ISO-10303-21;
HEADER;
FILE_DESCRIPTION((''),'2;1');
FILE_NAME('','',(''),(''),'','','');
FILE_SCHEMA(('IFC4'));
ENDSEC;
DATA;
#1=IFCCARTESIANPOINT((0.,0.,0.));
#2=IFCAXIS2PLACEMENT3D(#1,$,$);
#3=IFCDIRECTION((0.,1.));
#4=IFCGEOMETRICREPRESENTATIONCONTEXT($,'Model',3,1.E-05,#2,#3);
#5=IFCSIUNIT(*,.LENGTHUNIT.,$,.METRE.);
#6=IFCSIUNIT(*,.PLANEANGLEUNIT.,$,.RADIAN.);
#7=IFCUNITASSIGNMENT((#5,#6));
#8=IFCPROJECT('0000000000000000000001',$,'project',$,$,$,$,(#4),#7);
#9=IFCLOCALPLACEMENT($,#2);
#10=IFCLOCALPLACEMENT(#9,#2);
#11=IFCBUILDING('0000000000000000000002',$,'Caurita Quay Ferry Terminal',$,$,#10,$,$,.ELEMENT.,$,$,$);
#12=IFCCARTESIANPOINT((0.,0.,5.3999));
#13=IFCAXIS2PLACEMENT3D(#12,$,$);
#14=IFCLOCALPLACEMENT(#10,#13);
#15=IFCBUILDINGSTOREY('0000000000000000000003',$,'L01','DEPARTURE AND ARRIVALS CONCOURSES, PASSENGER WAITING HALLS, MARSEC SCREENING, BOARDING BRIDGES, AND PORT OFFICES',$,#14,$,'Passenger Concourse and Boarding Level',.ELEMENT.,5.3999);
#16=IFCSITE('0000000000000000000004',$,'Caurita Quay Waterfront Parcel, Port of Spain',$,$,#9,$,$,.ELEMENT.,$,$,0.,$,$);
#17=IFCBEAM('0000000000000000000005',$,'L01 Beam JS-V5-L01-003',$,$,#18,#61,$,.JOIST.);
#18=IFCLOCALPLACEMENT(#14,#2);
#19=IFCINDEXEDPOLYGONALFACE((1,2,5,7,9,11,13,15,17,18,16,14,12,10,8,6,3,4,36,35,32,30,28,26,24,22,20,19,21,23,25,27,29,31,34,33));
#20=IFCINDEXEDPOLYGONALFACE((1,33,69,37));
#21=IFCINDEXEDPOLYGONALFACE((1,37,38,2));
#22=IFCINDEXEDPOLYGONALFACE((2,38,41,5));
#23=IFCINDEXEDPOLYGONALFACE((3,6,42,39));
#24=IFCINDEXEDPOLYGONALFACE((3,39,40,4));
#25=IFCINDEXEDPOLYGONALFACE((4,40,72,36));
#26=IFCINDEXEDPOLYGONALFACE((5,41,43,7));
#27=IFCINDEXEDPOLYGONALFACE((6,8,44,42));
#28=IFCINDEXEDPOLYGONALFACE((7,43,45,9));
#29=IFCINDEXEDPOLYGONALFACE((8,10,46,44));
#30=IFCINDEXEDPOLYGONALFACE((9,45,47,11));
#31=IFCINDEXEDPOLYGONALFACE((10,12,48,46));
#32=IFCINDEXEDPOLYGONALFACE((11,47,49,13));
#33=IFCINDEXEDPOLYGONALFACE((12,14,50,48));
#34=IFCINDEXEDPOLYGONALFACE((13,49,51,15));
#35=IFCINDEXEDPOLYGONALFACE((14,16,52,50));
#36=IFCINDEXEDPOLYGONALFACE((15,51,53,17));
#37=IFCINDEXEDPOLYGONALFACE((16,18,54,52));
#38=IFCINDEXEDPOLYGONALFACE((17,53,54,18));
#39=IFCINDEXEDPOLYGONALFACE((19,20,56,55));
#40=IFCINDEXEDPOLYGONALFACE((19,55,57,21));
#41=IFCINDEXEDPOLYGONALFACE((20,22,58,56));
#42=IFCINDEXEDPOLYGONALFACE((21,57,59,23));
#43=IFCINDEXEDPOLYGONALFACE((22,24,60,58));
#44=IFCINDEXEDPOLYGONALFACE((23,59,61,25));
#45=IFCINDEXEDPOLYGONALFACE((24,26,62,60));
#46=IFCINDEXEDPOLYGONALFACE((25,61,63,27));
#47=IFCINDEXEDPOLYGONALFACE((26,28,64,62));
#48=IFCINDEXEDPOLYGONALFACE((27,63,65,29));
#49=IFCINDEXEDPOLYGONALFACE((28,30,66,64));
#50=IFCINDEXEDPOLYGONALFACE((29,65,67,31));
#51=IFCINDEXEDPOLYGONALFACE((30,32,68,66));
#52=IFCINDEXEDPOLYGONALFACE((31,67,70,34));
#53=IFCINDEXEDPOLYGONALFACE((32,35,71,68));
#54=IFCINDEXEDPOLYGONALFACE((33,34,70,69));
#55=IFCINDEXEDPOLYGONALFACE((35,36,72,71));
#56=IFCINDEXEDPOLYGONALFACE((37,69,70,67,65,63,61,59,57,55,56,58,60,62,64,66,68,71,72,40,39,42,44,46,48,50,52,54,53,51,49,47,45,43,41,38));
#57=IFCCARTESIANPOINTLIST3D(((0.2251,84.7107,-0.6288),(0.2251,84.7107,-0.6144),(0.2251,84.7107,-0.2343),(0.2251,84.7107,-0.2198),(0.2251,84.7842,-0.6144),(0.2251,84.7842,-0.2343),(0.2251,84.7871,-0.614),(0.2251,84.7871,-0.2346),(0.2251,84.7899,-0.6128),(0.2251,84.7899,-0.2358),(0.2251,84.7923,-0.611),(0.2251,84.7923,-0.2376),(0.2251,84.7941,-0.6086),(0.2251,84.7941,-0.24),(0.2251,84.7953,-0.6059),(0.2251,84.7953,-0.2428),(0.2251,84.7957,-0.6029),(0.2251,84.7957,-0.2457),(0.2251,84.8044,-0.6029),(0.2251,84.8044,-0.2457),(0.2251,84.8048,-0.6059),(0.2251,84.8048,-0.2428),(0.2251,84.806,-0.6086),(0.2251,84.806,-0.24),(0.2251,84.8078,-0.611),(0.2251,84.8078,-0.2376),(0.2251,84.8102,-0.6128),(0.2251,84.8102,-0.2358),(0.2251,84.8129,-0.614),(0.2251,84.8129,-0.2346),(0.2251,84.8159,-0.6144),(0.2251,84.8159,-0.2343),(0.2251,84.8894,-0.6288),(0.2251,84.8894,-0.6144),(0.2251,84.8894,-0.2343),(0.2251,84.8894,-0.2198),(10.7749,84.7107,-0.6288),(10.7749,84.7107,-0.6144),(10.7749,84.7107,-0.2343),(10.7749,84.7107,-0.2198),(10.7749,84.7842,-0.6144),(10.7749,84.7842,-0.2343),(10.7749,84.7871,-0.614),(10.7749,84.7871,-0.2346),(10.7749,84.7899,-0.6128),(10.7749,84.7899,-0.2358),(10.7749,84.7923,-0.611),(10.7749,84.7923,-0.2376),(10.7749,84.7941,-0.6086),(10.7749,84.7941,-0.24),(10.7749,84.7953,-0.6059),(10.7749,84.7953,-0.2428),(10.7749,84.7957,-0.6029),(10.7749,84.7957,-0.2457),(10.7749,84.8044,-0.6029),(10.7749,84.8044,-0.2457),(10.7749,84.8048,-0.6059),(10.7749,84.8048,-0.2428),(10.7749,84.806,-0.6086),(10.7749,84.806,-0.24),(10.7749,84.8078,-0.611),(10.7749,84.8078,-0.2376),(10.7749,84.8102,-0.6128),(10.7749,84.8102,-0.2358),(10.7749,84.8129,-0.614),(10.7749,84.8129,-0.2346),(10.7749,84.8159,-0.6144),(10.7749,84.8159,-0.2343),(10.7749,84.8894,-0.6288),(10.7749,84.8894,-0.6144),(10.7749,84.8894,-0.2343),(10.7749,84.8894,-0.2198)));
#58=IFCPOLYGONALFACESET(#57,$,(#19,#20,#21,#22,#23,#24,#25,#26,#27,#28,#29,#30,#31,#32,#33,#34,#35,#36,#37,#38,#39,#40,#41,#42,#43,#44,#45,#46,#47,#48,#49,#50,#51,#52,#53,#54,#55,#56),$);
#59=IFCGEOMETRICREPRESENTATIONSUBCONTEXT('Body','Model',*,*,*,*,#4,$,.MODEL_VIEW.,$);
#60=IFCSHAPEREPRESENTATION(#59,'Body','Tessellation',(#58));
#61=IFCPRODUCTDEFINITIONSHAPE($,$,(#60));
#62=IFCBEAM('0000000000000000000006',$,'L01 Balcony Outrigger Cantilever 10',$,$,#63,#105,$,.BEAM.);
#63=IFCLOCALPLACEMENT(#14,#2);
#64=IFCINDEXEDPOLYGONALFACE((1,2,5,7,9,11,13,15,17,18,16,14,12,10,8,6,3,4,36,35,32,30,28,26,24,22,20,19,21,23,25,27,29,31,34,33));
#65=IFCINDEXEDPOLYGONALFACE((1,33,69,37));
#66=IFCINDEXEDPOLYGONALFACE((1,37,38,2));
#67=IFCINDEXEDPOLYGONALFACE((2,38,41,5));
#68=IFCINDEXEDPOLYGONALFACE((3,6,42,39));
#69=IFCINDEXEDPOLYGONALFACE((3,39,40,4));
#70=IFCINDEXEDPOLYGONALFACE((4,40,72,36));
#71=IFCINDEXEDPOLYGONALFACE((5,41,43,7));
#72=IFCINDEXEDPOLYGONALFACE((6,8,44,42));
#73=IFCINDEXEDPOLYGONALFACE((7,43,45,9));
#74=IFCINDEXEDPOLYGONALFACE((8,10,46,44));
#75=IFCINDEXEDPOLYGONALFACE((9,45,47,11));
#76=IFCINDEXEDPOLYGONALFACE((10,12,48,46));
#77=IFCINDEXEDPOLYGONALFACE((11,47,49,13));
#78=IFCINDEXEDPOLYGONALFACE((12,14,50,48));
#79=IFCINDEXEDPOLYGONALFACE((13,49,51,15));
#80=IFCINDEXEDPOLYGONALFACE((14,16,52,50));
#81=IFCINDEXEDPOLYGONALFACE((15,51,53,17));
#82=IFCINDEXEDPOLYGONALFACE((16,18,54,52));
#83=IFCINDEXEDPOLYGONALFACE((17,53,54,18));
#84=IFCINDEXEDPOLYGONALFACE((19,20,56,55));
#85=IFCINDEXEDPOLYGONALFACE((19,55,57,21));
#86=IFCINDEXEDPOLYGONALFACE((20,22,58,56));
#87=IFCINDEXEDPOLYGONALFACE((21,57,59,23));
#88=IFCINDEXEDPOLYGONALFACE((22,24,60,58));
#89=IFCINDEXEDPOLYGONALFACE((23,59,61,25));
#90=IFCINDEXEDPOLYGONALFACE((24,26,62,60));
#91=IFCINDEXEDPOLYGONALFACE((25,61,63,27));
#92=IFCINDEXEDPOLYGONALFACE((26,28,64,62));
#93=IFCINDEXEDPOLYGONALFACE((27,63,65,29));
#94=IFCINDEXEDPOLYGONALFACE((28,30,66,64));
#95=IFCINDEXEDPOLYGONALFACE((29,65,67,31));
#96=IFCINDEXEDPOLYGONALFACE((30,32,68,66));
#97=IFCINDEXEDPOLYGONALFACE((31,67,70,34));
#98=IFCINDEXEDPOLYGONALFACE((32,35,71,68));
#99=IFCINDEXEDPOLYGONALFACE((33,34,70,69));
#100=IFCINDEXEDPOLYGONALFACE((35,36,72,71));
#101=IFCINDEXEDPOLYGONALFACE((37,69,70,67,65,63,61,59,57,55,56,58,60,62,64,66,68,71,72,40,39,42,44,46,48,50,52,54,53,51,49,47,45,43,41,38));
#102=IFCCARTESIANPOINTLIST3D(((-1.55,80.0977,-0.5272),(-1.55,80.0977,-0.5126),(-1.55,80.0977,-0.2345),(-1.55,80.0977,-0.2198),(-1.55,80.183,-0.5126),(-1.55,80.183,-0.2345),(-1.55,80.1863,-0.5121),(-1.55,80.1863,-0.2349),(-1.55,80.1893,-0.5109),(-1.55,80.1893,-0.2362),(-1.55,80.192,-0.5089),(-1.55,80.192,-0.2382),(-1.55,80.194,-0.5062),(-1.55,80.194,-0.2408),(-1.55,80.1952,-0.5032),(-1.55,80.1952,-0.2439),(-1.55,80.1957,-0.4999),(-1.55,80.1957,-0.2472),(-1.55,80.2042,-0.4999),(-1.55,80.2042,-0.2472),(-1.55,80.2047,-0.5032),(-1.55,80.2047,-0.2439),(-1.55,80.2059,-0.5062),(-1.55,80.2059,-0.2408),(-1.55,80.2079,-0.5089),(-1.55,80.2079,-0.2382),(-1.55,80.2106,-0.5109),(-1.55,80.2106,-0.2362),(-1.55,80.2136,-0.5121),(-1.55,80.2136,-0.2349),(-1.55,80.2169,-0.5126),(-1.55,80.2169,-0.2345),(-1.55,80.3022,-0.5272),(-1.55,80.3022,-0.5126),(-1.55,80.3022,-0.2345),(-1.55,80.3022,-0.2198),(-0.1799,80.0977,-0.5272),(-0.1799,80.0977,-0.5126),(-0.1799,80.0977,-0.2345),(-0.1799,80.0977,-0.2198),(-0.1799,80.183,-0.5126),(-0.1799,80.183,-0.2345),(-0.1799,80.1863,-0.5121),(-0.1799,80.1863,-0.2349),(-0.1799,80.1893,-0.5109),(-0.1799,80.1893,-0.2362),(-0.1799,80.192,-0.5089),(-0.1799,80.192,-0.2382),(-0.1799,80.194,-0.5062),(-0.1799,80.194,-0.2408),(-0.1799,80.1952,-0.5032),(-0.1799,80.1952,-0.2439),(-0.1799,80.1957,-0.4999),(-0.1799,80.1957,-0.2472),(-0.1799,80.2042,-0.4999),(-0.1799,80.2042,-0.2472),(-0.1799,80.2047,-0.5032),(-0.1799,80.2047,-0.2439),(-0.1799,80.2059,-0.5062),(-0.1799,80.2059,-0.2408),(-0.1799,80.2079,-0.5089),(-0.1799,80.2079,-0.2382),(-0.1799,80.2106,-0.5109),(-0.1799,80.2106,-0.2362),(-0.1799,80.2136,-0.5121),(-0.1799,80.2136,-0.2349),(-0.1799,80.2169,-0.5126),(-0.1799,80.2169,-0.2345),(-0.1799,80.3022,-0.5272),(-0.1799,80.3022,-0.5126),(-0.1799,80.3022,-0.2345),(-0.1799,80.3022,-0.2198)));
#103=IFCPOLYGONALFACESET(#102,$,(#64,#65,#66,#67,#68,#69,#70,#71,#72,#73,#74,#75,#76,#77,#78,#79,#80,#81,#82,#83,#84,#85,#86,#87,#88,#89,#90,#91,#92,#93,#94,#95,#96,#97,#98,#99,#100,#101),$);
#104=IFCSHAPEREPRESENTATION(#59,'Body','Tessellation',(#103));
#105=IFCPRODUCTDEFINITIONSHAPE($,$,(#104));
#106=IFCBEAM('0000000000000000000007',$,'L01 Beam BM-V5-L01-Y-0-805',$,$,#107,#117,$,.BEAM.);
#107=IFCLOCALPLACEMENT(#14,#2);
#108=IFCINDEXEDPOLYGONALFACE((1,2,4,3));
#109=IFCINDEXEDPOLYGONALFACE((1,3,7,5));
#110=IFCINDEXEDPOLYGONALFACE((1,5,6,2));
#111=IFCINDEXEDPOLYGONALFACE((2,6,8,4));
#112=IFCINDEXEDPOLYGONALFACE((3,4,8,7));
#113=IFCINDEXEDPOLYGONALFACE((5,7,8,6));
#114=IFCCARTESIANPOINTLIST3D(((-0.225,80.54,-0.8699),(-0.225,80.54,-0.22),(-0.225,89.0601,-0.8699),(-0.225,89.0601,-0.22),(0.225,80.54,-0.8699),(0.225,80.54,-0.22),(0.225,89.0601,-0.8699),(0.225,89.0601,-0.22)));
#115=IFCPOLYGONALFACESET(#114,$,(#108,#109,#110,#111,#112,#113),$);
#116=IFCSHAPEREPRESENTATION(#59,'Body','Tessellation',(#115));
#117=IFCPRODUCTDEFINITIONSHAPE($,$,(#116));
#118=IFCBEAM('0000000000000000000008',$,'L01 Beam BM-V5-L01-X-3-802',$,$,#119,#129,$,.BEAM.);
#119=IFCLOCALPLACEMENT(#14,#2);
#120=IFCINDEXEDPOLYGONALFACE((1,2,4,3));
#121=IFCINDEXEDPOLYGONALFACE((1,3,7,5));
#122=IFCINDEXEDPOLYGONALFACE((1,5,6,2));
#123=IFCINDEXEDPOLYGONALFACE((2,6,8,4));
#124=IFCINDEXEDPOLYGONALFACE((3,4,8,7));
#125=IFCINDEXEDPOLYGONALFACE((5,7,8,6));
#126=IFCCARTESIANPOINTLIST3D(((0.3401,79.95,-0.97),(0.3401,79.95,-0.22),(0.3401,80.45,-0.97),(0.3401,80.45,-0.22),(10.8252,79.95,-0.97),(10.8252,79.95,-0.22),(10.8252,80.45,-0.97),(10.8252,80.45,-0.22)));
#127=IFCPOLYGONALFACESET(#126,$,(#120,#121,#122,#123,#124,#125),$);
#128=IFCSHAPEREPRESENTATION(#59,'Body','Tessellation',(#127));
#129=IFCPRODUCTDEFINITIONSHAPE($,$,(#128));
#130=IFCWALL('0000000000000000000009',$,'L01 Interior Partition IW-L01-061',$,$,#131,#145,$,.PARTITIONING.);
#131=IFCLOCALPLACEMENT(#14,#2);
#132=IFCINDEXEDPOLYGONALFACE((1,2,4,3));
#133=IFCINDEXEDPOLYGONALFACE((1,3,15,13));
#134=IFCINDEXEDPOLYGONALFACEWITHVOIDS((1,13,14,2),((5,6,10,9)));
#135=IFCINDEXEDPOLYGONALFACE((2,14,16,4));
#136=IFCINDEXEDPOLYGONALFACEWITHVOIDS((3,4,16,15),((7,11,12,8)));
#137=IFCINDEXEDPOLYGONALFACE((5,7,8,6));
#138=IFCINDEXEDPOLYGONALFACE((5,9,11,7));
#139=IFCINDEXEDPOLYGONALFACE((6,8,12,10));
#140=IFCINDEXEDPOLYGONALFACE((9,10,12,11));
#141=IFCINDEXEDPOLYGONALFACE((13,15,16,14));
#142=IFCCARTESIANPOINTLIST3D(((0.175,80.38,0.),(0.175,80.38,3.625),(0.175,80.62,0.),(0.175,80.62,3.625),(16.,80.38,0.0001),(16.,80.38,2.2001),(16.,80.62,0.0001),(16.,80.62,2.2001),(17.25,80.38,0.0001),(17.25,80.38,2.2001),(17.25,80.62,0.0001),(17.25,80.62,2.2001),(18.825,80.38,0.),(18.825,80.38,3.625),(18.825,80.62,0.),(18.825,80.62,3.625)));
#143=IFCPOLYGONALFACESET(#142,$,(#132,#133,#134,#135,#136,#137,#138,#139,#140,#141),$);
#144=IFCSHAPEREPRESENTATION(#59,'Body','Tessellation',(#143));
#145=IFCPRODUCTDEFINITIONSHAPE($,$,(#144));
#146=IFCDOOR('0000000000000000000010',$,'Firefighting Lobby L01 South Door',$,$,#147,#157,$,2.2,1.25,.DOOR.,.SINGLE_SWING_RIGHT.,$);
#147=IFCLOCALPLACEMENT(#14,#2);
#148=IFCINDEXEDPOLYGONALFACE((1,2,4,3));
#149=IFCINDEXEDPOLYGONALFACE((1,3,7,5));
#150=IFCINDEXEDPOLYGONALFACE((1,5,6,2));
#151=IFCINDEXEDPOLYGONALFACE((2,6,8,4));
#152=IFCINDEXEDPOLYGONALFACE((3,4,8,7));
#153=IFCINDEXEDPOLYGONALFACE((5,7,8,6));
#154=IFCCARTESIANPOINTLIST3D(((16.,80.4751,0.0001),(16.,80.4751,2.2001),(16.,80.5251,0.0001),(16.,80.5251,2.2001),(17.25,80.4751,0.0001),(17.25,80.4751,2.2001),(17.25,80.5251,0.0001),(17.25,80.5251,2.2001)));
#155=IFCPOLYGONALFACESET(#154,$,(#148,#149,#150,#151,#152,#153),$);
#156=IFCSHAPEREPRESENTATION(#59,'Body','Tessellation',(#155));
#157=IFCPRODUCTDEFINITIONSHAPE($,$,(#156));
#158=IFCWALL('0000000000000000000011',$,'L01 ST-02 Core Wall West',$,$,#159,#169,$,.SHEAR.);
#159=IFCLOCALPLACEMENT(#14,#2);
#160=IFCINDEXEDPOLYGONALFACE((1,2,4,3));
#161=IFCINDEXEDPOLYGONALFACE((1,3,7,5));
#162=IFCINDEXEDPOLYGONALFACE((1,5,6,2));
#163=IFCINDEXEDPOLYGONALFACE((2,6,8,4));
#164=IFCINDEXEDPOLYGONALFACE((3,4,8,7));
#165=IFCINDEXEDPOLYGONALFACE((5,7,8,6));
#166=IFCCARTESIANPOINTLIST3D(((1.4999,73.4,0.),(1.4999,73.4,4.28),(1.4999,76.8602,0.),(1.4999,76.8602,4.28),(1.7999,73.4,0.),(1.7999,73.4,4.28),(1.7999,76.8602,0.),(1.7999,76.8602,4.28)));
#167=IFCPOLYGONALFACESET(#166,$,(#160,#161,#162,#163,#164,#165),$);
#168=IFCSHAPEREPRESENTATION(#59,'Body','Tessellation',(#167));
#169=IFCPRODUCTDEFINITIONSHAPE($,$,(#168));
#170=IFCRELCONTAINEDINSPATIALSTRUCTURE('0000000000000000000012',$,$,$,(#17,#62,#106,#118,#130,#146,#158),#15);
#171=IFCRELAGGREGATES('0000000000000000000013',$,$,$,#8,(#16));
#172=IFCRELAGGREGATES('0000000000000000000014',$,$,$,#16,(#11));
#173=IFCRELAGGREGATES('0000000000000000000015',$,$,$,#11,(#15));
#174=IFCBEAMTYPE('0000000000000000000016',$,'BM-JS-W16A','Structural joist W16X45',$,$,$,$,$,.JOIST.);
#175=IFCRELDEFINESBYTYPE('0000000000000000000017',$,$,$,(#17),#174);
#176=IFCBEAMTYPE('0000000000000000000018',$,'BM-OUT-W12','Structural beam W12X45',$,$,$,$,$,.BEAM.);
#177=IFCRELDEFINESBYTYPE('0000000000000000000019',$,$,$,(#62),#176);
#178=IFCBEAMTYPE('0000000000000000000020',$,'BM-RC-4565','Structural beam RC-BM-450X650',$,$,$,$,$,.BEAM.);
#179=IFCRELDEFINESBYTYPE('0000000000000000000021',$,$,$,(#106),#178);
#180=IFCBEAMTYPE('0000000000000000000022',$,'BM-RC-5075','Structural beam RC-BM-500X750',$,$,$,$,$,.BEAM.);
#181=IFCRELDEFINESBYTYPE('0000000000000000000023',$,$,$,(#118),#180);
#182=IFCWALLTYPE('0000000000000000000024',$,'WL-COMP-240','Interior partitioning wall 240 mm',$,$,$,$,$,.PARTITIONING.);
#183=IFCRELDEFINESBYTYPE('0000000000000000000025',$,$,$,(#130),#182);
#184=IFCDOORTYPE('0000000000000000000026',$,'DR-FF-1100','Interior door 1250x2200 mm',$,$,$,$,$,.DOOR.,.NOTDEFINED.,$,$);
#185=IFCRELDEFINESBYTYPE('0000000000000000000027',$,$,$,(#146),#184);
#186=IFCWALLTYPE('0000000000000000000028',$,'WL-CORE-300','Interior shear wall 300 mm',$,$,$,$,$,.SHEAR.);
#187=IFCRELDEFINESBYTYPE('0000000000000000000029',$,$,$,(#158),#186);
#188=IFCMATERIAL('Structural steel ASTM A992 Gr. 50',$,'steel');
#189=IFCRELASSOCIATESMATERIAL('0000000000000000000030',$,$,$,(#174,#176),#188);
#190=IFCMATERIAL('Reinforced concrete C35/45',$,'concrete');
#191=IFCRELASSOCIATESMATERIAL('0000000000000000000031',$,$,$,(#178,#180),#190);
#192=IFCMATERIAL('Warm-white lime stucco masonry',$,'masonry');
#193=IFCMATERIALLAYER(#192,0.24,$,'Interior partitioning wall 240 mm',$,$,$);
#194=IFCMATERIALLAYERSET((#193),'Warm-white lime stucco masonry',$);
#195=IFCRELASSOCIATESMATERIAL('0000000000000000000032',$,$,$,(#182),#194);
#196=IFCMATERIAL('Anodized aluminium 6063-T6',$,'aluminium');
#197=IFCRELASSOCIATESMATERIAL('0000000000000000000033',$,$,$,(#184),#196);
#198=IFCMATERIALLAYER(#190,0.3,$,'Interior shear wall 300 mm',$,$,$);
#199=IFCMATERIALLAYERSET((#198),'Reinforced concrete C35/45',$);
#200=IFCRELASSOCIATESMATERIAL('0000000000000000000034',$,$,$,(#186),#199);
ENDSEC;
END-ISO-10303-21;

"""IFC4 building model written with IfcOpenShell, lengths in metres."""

from ifc_helpers import new_model, si_unit, direction, frame, frame_2d, origin, origin_2d, place, context, subcontext, project, spatial, rectangle, i_section, extrude, material, layer, layer_set, material_profile, profile_set, type_object, element, fill, save


model = new_model("IFC4")

# Units and contexts
model_context = context("Model", 3, precision=1e-05, world=origin(), true_north=direction((0.0, 1.0)))
body_context = subcontext(model_context, "Body", "Model", "MODEL_VIEW")
ifc_project = project(units=[si_unit("LENGTHUNIT", "METRE"), si_unit("PLANEANGLEUNIT", "RADIAN")], contexts=[model_context])

# Site, building, storey
site_placement = place(None, origin())
site = spatial("IfcSite", under=ifc_project, at=site_placement, Name="Caurita Quay Waterfront Parcel, Port of Spain", CompositionType="ELEMENT", RefElevation=0.0)
building_placement = place(site_placement, origin())
building = spatial("IfcBuilding", under=site, at=building_placement, Name="Caurita Quay Ferry Terminal", CompositionType="ELEMENT")
storey_placement = place(building_placement, frame((0.0, 0.0, 5.3999)))
storey = spatial("IfcBuildingStorey", under=building, at=storey_placement, Name="L01", Description="DEPARTURE AND ARRIVALS CONCOURSES, PASSENGER WAITING HALLS, MARSEC SCREENING, BOARDING BRIDGES, AND PORT OFFICES", LongName="Passenger Concourse and Boarding Level", CompositionType="ELEMENT", Elevation=5.3999)

# Shared definitions
ifc_material_1 = material(Name="Reinforced concrete C35/45", Category="concrete")

# Beams
ifc_material_2 = material(Name="Structural steel ASTM A992 Gr. 50", Category="steel")
ifc_material_profile_1 = material_profile(ifc_material_2, i_section(OverallWidth=0.1787, OverallDepth=0.4089, WebThickness=0.0088, FlangeThickness=0.0144, FilletRadius=0.0115, at=origin_2d()), Name="W16X45")
ifc_profile_set_1 = profile_set([ifc_material_profile_1], Name="Structural steel ASTM A992 Gr. 50")
beam_type_1 = type_object("IfcBeamType", Name="BM-JS-W16A", Description="Structural joist W16X45", PredefinedType="JOIST", material=ifc_profile_set_1)
for number, where, z_axis, x_axis, name in (
    (1, (0.2251, 84.8, -0.4243), (1.0, 0.0, 0.0), (0.0, 1.0, 0.0), "L01 Beam JS-V5-L01-003"),
):
    element("IfcBeam", number, at=place(storey_placement, frame(where, z_axis=z_axis, x_axis=x_axis)), inside=storey, type_object=beam_type_1, Name=name, PredefinedType="JOIST", context=body_context, shape_type="SweptSolid", body=[
        extrude(i_section(OverallWidth=0.1787, OverallDepth=0.4089, WebThickness=0.0088, FlangeThickness=0.0144, FilletRadius=0.0115, at=origin_2d()), origin(), (0.0, 0.0, 1.0), 10.5498),
    ])
ifc_material_profile_2 = material_profile(ifc_material_2, i_section(OverallWidth=0.2046, OverallDepth=0.3074, WebThickness=0.0085, FlangeThickness=0.0146, FilletRadius=0.0127, at=origin_2d()), Name="W12X45")
ifc_profile_set_2 = profile_set([ifc_material_profile_2], Name="Structural steel ASTM A992 Gr. 50")
beam_type_2 = type_object("IfcBeamType", Name="BM-OUT-W12", Description="Structural beam W12X45", PredefinedType="BEAM", material=ifc_profile_set_2)
beam_1_placement = place(storey_placement, frame((-0.1799, 80.2, -0.3735), z_axis=(-1.0, 0.0, 0.0), x_axis=(0.0, -1.0, 0.0)))
element("IfcBeam", 2, at=beam_1_placement, inside=storey, type_object=beam_type_2, Name="L01 Balcony Outrigger Cantilever 10", PredefinedType="BEAM", context=body_context, shape_type="SweptSolid", body=[
    extrude(i_section(OverallWidth=0.2046, OverallDepth=0.3074, WebThickness=0.0085, FlangeThickness=0.0146, FilletRadius=0.0127, at=origin_2d()), origin(), (0.0, 0.0, 1.0), 1.3701),
])
ifc_material_profile_3 = material_profile(ifc_material_1, rectangle(XDim=0.45, YDim=0.6499, at=origin_2d()), Name="RC-BM-450X650")
ifc_profile_set_3 = profile_set([ifc_material_profile_3], Name="Reinforced concrete C35/45")
beam_type_3 = type_object("IfcBeamType", Name="BM-RC-4565", Description="Structural beam RC-BM-450X650", PredefinedType="BEAM", material=ifc_profile_set_3)
beam_2_placement = place(storey_placement, frame((0.0, 80.54, -0.5449), z_axis=(0.0, 1.0, 0.0), x_axis=(-1.0, 0.0, 0.0)))
element("IfcBeam", 3, at=beam_2_placement, inside=storey, type_object=beam_type_3, Name="L01 Beam BM-V5-L01-Y-0-805", PredefinedType="BEAM", context=body_context, shape_type="SweptSolid", body=[
    extrude(rectangle(XDim=0.45, YDim=0.6499, at=origin_2d()), origin(), (0.0, 0.0, 1.0), 8.52),
])
ifc_material_profile_4 = material_profile(ifc_material_1, rectangle(XDim=0.5, YDim=0.75, at=origin_2d()), Name="RC-BM-500X750")
ifc_profile_set_4 = profile_set([ifc_material_profile_4], Name="Reinforced concrete C35/45")
beam_type_4 = type_object("IfcBeamType", Name="BM-RC-5075", Description="Structural beam RC-BM-500X750", PredefinedType="BEAM", material=ifc_profile_set_4)
beam_3_placement = place(storey_placement, frame((0.3401, 80.2, -0.595), z_axis=(1.0, 0.0, 0.0), x_axis=(0.0, 1.0, 0.0)))
element("IfcBeam", 4, at=beam_3_placement, inside=storey, type_object=beam_type_4, Name="L01 Beam BM-V5-L01-X-3-802", PredefinedType="BEAM", context=body_context, shape_type="SweptSolid", body=[
    extrude(rectangle(XDim=0.5, YDim=0.75, at=origin_2d()), origin(), (0.0, 0.0, 1.0), 10.4851),
])

# Wall, opening, door
ifc_material_3 = material(Name="Warm-white lime stucco masonry", Category="masonry")
ifc_layer_1 = layer(ifc_material_3, 0.24, Name="Interior partitioning wall 240 mm")
ifc_layer_set_1 = layer_set([ifc_layer_1], Name="Warm-white lime stucco masonry")
wall_type_1 = type_object("IfcWallType", Name="WL-COMP-240", Description="Interior partitioning wall 240 mm", PredefinedType="PARTITIONING", material=ifc_layer_set_1)
wall_1_placement = place(storey_placement, frame((0.175, 80.5, 0.0), z_axis=(0.0, 0.0, 1.0), x_axis=(1.0, 0.0, 0.0)))
wall_1 = element("IfcWall", 5, at=wall_1_placement, inside=storey, type_object=wall_type_1, Name="L01 Interior Partition IW-L01-061", PredefinedType="PARTITIONING", context=body_context, shape_type="SweptSolid", body=[
    extrude(rectangle(XDim=18.6499, YDim=0.24, at=frame_2d((9.325, 0.0))), origin(), (0.0, 0.0, 1.0), 3.625),
])
opening_1_placement = place(wall_1_placement, frame((15.825, 0.0, 0.0)))
opening_1 = element("IfcOpeningElement", 6, at=opening_1_placement, cuts=wall_1, PredefinedType="OPENING", context=body_context, shape_type="SweptSolid", body=[
    extrude(rectangle(XDim=1.25, YDim=2.2, at=frame_2d((0.625, 1.1001))), frame((0.0, 0.1299, 0.0), z_axis=(0.0, -1.0, 0.0), x_axis=(1.0, 0.0, 0.0)), (0.0, 0.0, 1.0), 0.26),
])
ifc_material_4 = material(Name="Anodized aluminium 6063-T6", Category="aluminium")
door_type = type_object("IfcDoorType", Name="DR-FF-1100", Description="Interior door 1250x2200 mm", OperationType="NOTDEFINED", PredefinedType="DOOR", material=ifc_material_4)
door_placement = place(opening_1_placement, frame((1.25, 0.0, 0.0), z_axis=(0.0, 0.0, 1.0), x_axis=(-1.0, 0.0, 0.0)))
door = element("IfcDoor", 7, at=door_placement, inside=storey, type_object=door_type, Name="Firefighting Lobby L01 South Door", OperationType="SINGLE_SWING_RIGHT", OverallHeight=2.2, OverallWidth=1.25, PredefinedType="DOOR", context=body_context, shape_type="SweptSolid", body=[
    extrude(rectangle(XDim=1.25, YDim=2.2, at=frame_2d((0.625, 1.1001))), frame((0.0, 0.0249, 0.0), z_axis=(0.0, -1.0, 0.0), x_axis=(1.0, 0.0, 0.0)), (0.0, 0.0, 1.0), 0.05),
])
fill(opening_1, door)

# Wall
ifc_layer_2 = layer(ifc_material_1, 0.3, Name="Interior shear wall 300 mm")
ifc_layer_set_2 = layer_set([ifc_layer_2], Name="Reinforced concrete C35/45")
wall_type_2 = type_object("IfcWallType", Name="WL-CORE-300", Description="Interior shear wall 300 mm", PredefinedType="SHEAR", material=ifc_layer_set_2)
wall_2_placement = place(storey_placement, frame((1.6499, 76.8601, 0.0), z_axis=(0.0, 0.0, 1.0), x_axis=(0.0, -1.0, 0.0)))
element("IfcWall", 8, at=wall_2_placement, inside=storey, type_object=wall_type_2, Name="L01 ST-02 Core Wall West", PredefinedType="SHEAR", context=body_context, shape_type="SweptSolid", body=[
    extrude(rectangle(XDim=3.4602, YDim=0.3, at=frame_2d((1.73, 0.0))), origin(), (0.0, 0.0, 1.0), 4.28),
])

save(model, "model.ifc")
